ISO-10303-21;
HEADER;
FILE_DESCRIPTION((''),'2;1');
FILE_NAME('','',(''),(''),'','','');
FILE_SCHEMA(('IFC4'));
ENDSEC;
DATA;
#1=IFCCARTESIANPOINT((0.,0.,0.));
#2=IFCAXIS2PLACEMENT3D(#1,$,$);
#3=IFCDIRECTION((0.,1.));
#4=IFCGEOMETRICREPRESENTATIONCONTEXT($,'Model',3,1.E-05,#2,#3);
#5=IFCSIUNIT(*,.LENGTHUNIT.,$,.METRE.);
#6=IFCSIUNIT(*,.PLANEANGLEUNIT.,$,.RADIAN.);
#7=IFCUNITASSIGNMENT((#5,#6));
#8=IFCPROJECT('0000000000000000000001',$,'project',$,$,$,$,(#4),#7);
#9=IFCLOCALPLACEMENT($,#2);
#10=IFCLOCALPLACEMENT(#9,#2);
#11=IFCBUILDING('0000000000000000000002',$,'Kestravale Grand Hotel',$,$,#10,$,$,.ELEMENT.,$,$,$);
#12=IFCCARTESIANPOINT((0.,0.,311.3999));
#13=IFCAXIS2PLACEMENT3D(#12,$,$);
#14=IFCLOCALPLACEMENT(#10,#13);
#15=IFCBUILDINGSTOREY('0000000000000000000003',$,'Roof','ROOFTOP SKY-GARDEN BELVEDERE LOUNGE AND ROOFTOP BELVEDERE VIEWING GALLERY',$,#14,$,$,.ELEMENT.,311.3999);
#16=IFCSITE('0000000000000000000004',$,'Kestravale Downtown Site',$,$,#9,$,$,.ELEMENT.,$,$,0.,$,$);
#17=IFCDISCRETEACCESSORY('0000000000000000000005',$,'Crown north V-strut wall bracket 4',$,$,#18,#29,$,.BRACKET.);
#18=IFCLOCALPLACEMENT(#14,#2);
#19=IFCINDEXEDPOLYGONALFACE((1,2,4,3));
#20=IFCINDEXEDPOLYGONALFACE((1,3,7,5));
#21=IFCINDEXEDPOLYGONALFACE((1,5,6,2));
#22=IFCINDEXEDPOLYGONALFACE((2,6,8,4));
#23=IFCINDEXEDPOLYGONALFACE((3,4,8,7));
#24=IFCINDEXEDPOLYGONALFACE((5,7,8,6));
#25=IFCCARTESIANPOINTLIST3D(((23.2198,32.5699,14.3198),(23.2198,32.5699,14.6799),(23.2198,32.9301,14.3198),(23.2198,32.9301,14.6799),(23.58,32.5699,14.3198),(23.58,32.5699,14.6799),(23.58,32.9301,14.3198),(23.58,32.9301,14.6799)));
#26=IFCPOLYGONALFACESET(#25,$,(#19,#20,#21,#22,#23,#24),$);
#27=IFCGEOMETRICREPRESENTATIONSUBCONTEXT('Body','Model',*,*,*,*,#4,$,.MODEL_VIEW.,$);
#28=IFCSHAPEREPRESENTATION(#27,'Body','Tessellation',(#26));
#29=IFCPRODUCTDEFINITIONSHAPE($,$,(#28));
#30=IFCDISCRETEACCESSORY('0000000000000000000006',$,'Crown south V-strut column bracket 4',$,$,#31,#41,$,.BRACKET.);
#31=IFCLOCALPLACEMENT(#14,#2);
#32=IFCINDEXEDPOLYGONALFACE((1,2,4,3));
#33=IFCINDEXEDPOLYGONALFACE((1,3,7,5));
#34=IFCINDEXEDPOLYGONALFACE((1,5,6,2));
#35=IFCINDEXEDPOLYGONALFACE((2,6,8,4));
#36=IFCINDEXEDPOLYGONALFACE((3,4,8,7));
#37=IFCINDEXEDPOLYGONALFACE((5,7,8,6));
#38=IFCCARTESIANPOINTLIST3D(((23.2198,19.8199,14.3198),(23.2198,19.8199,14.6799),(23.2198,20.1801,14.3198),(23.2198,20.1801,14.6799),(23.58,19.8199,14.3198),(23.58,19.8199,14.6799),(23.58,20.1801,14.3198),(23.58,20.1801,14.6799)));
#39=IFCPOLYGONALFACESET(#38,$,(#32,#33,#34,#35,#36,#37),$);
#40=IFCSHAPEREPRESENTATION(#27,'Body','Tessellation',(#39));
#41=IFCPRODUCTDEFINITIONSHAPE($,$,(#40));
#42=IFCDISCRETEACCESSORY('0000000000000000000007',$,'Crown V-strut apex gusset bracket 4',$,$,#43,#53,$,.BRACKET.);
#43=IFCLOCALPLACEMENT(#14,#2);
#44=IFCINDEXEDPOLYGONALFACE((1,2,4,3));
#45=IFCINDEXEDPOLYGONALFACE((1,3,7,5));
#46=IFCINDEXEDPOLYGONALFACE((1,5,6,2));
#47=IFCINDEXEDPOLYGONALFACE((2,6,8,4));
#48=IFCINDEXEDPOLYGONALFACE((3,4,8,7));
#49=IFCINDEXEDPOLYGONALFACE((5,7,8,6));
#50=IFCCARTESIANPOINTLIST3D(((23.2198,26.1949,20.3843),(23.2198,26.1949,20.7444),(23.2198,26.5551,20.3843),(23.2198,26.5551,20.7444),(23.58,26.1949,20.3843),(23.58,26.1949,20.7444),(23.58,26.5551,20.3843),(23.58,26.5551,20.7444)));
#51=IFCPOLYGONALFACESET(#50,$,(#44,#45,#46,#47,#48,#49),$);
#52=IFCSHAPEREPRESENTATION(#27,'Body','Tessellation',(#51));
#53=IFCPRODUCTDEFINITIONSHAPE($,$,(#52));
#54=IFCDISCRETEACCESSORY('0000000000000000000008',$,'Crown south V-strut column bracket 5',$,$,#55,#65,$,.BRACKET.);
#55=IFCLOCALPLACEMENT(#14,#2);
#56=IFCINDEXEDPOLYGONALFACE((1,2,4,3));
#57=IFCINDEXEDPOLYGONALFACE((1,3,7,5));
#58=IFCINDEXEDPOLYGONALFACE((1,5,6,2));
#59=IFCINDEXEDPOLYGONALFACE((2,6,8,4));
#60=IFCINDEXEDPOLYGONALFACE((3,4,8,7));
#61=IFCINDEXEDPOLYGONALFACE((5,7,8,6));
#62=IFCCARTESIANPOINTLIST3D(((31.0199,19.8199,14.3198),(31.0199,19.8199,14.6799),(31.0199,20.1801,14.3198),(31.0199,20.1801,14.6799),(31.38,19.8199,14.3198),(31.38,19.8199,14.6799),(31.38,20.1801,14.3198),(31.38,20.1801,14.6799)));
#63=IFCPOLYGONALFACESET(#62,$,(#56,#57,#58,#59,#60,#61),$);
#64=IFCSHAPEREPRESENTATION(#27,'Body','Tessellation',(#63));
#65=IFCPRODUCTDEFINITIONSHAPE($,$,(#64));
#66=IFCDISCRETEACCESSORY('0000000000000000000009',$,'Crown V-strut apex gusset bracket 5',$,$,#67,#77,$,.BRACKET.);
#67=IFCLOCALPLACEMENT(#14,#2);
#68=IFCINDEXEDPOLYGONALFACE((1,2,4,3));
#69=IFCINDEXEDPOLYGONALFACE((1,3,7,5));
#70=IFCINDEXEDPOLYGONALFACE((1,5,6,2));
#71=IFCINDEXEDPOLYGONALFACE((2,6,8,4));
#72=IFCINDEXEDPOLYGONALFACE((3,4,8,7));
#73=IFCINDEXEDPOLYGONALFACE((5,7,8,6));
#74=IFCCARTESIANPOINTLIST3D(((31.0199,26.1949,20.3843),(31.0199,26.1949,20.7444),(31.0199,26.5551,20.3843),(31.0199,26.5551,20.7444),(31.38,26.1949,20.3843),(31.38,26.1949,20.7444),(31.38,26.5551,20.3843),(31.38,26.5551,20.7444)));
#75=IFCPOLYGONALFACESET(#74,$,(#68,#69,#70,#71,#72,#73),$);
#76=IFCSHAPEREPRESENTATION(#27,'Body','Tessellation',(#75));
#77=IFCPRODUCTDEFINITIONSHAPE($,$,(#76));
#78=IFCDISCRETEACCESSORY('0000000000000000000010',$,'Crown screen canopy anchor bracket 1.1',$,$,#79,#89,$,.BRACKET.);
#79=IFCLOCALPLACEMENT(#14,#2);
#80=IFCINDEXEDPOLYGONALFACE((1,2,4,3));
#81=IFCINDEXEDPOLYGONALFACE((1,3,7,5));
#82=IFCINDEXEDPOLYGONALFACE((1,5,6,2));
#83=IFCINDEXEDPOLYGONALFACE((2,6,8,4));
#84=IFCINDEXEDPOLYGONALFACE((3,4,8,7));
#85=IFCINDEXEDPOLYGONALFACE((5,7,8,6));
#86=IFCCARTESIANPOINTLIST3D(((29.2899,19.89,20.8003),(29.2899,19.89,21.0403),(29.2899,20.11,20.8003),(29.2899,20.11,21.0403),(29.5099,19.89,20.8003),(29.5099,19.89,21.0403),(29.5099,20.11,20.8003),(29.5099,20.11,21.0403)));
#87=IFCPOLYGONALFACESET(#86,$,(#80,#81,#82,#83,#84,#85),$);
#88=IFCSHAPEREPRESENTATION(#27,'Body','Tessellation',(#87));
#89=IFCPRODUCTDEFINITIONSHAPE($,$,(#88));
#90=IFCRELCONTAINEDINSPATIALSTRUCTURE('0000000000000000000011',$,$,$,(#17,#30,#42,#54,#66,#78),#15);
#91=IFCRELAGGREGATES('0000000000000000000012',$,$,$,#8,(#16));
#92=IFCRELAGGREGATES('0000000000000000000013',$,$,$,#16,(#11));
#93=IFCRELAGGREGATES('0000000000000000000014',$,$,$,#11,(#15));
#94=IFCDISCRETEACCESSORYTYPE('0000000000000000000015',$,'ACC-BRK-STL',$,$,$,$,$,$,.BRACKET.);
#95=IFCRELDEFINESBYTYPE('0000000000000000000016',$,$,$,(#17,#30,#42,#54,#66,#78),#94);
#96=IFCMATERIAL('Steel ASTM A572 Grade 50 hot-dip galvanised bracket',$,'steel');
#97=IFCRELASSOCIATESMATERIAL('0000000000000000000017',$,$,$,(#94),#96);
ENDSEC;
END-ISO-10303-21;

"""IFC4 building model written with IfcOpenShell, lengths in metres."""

from ifc_helpers import new_model, si_unit, direction, frame, origin, origin_2d, place, context, subcontext, project, spatial, rectangle, extrude, material, type_object, element, save


model = new_model("IFC4")

# Units and contexts
model_context = context("Model", 3, precision=1e-05, world=origin(), true_north=direction((0.0, 1.0)))
body_context = subcontext(model_context, "Body", "Model", "MODEL_VIEW")
ifc_project = project(units=[si_unit("LENGTHUNIT", "METRE"), si_unit("PLANEANGLEUNIT", "RADIAN")], contexts=[model_context])

# Site, building, storey
site_placement = place(None, origin())
site = spatial("IfcSite", under=ifc_project, at=site_placement, Name="Kestravale Downtown Site", CompositionType="ELEMENT", RefElevation=0.0)
building_placement = place(site_placement, origin())
building = spatial("IfcBuilding", under=site, at=building_placement, Name="Kestravale Grand Hotel", CompositionType="ELEMENT")
storey_placement = place(building_placement, frame((0.0, 0.0, 311.3999)))
storey = spatial("IfcBuildingStorey", under=building, at=storey_placement, Name="Roof", Description="ROOFTOP SKY-GARDEN BELVEDERE LOUNGE AND ROOFTOP BELVEDERE VIEWING GALLERY", CompositionType="ELEMENT", Elevation=311.3999)

# Discrete accessories
ifc_material_1 = material(Name="Steel ASTM A572 Grade 50 hot-dip galvanised bracket", Category="steel")
discrete_accessory_type = type_object("IfcDiscreteAccessoryType", Name="ACC-BRK-STL", PredefinedType="BRACKET", material=ifc_material_1)
for number, where, z_axis, x_axis, name in (
    (1, (23.3999, 32.75, 14.3198), (0.0, 0.0, 1.0), (1.0, 0.0, 0.0), "Crown north V-strut wall bracket 4"),
    (2, (23.3999, 20.0, 14.3198), (0.0, 0.0, 1.0), (1.0, 0.0, 0.0), "Crown south V-strut column bracket 4"),
    (3, (23.3999, 26.375, 20.3843), (0.0, 0.0, 1.0), (1.0, 0.0, 0.0), "Crown V-strut apex gusset bracket 4"),
    (4, (31.2, 20.0, 14.3198), (0.0, 0.0, 1.0), (1.0, 0.0, 0.0), "Crown south V-strut column bracket 5"),
    (5, (31.2, 26.375, 20.3843), (0.0, 0.0, 1.0), (1.0, 0.0, 0.0), "Crown V-strut apex gusset bracket 5"),
):
    element("IfcDiscreteAccessory", number, at=place(storey_placement, frame(where, z_axis=z_axis, x_axis=x_axis)), inside=storey, type_object=discrete_accessory_type, Name=name, PredefinedType="BRACKET", context=body_context, shape_type="SweptSolid", body=[
        extrude(rectangle(XDim=0.3601, YDim=0.3601, at=origin_2d()), origin(), (0.0, 0.0, 1.0), 0.3601),
    ])
discrete_accessory_placement = place(storey_placement, frame((29.3999, 20.0, 20.8003), z_axis=(0.0, 0.0, 1.0), x_axis=(1.0, 0.0, 0.0)))
element("IfcDiscreteAccessory", 6, at=discrete_accessory_placement, inside=storey, type_object=discrete_accessory_type, Name="Crown screen canopy anchor bracket 1.1", PredefinedType="BRACKET", context=body_context, shape_type="SweptSolid", body=[
    extrude(rectangle(XDim=0.22, YDim=0.22, at=origin_2d()), origin(), (0.0, 0.0, 1.0), 0.24),
])

save(model, "model.ifc")
